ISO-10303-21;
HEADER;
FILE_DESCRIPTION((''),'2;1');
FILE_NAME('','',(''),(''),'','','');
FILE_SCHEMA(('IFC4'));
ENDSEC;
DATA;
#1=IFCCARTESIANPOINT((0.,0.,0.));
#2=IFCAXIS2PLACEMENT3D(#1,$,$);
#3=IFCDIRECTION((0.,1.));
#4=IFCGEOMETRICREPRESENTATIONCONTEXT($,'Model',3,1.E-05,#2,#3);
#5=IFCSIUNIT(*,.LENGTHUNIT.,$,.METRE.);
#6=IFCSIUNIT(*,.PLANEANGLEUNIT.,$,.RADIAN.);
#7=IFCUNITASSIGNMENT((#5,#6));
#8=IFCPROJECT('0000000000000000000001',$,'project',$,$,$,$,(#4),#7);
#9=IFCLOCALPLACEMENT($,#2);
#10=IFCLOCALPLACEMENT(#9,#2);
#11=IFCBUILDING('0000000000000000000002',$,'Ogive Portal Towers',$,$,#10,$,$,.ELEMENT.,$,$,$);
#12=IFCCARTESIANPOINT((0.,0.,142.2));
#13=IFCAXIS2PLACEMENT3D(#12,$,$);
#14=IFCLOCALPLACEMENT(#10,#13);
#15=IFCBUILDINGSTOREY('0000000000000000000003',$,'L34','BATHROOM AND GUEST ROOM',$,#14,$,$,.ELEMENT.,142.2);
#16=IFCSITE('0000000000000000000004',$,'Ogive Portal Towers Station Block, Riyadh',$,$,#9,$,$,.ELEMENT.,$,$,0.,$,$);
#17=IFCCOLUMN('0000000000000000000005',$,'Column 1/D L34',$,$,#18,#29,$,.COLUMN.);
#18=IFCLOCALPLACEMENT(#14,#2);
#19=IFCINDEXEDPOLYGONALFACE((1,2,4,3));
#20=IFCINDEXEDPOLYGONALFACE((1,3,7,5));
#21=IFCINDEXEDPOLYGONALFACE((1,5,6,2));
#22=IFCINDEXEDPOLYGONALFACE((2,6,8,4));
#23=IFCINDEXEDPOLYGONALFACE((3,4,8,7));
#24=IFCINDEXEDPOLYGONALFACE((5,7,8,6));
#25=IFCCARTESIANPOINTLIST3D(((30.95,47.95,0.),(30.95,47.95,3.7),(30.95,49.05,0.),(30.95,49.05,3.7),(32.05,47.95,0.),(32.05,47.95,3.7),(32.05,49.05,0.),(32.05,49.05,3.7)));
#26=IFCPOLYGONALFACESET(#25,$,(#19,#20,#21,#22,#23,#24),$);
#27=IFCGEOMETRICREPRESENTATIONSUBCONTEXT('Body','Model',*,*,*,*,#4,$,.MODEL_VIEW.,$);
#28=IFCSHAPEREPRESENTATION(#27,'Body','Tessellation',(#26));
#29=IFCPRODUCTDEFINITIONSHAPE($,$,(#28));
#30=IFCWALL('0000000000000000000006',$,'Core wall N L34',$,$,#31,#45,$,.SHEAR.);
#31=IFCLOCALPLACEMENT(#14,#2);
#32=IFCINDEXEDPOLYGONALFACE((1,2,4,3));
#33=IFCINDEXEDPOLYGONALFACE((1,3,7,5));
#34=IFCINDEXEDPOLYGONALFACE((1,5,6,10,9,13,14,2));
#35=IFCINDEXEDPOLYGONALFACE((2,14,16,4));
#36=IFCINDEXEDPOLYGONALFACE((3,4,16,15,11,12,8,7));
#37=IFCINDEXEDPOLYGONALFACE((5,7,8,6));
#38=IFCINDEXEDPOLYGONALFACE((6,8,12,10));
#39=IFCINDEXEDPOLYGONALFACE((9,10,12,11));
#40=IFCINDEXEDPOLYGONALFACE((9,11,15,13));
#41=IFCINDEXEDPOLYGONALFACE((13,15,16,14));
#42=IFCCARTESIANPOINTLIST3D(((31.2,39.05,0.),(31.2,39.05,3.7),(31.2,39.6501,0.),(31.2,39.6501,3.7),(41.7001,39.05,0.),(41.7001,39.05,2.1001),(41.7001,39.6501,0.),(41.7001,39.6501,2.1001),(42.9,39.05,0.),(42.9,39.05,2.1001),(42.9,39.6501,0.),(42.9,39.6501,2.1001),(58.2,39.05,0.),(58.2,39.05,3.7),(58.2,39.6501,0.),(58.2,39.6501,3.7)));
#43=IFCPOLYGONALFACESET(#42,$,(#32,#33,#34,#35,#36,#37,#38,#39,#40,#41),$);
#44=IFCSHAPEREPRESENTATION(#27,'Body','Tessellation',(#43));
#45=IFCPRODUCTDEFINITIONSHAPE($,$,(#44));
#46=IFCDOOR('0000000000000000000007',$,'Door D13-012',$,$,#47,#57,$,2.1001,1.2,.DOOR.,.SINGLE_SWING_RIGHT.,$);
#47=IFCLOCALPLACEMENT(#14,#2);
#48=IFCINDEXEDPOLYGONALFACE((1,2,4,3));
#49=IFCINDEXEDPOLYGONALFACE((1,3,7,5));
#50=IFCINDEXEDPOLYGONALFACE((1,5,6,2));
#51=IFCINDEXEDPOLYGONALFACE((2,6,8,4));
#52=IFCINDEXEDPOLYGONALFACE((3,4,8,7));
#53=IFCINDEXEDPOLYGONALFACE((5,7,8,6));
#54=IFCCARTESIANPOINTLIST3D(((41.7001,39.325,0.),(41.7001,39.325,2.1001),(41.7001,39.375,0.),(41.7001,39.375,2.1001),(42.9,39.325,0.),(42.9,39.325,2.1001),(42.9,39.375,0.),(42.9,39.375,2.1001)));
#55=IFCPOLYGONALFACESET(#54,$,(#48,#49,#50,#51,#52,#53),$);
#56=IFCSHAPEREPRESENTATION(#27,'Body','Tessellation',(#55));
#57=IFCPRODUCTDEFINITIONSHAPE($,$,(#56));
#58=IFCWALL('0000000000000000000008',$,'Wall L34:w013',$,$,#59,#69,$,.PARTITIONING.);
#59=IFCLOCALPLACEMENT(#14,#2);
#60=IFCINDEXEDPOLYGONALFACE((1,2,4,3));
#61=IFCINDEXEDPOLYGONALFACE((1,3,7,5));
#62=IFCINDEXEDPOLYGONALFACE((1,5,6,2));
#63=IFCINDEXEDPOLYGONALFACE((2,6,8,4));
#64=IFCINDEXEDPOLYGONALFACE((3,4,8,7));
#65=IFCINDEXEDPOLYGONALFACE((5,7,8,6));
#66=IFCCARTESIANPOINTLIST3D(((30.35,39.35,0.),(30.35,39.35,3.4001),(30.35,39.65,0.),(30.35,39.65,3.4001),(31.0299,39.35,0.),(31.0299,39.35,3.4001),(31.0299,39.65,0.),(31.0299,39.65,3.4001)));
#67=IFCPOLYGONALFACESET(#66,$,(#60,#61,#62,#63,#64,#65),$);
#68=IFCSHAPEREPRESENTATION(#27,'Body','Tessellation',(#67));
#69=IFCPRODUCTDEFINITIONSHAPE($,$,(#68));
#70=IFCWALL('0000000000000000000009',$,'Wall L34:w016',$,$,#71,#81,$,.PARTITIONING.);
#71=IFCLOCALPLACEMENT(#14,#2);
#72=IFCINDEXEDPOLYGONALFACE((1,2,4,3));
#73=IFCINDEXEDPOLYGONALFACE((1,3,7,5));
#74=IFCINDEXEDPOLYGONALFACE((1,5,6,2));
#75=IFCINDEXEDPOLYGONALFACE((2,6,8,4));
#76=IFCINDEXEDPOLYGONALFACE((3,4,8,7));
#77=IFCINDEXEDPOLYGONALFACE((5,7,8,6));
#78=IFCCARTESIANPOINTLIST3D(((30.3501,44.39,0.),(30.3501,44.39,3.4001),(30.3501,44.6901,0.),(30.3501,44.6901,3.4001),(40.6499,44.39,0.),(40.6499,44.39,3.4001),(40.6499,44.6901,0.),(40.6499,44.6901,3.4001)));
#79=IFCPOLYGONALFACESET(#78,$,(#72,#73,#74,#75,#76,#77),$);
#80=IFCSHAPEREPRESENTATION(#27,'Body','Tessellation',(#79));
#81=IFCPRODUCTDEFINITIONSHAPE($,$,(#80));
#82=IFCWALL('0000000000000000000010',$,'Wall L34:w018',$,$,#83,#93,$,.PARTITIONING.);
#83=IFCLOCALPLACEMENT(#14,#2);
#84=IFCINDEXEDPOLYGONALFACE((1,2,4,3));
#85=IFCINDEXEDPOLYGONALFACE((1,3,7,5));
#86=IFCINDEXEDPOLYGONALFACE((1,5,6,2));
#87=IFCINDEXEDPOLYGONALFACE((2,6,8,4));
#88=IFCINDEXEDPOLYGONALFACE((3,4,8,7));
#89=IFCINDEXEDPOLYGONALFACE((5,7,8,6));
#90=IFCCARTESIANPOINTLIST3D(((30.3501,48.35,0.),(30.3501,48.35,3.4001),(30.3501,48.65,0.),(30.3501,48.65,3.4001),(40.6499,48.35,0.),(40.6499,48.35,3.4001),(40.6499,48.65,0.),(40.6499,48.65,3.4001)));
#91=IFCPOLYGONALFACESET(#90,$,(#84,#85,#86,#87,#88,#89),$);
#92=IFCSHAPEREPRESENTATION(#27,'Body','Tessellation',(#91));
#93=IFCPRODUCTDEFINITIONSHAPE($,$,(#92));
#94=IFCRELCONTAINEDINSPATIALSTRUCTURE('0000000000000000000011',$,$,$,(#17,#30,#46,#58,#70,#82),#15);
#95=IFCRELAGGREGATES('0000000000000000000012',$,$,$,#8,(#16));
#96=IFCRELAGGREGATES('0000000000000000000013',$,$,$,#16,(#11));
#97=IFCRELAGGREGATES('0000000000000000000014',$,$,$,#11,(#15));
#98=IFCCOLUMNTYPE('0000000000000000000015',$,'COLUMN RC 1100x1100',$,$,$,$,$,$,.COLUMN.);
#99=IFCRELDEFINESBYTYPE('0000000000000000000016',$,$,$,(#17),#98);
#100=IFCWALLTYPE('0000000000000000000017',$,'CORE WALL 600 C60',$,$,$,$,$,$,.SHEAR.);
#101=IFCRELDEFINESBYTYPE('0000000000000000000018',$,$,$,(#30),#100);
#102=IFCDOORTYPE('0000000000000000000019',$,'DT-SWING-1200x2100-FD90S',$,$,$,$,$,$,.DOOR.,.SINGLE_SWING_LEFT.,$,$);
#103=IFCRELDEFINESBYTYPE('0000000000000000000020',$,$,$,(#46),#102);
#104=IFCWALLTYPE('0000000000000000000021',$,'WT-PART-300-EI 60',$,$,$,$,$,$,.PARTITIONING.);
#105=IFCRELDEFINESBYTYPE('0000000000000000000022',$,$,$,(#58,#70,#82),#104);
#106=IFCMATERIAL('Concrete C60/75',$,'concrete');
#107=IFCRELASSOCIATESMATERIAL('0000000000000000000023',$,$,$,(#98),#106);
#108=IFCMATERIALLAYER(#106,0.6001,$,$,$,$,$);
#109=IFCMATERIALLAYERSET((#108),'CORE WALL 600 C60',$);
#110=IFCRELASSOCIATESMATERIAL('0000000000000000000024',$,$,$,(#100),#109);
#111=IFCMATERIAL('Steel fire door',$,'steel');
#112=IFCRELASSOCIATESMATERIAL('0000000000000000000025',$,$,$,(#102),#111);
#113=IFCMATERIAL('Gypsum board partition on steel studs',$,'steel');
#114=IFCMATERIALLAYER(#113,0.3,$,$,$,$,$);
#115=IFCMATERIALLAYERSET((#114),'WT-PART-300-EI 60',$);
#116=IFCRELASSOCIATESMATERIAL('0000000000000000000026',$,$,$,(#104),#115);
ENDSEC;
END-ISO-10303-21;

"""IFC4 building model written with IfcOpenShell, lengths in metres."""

from ifc_helpers import new_model, si_unit, direction, frame, frame_2d, origin, origin_2d, place, context, subcontext, project, spatial, rectangle, extrude, material, layer, layer_set, material_profile, profile_set, type_object, element, fill, save


model = new_model("IFC4")

# Units and contexts
model_context = context("Model", 3, precision=1e-05, world=origin(), true_north=direction((0.0, 1.0)))
body_context = subcontext(model_context, "Body", "Model", "MODEL_VIEW")
ifc_project = project(units=[si_unit("LENGTHUNIT", "METRE"), si_unit("PLANEANGLEUNIT", "RADIAN")], contexts=[model_context])

# Site, building, storey
site_placement = place(None, origin())
site = spatial("IfcSite", under=ifc_project, at=site_placement, Name="Ogive Portal Towers Station Block, Riyadh", CompositionType="ELEMENT", RefElevation=0.0)
building_placement = place(site_placement, origin())
building = spatial("IfcBuilding", under=site, at=building_placement, Name="Ogive Portal Towers", CompositionType="ELEMENT")
storey_placement = place(building_placement, frame((0.0, 0.0, 142.2)))
storey = spatial("IfcBuildingStorey", under=building, at=storey_placement, Name="L34", Description="BATHROOM AND GUEST ROOM", CompositionType="ELEMENT", Elevation=142.2)

# Column
ifc_material_1 = material(Name="Concrete C60/75", Category="concrete")
ifc_material_profile = material_profile(ifc_material_1, rectangle(XDim=1.1001, YDim=1.1001, at=origin_2d()), Name="RC 1100x1100")
ifc_profile_set = profile_set([ifc_material_profile], Name="Concrete C60/75")
column_type = type_object("IfcColumnType", Name="COLUMN RC 1100x1100", PredefinedType="COLUMN", material=ifc_profile_set)
column_placement = place(storey_placement, frame((31.5, 48.5, 0.0), z_axis=(0.0, 0.0, 1.0), x_axis=(1.0, 0.0, 0.0)))
element("IfcColumn", 1, at=column_placement, inside=storey, type_object=column_type, Name="Column 1/D L34", PredefinedType="COLUMN", context=body_context, shape_type="SweptSolid", body=[
    extrude(rectangle(XDim=1.1001, YDim=1.1001, at=origin_2d()), origin(), (0.0, 0.0, 1.0), 3.7),
])

# Wall, opening, door
ifc_layer_1 = layer(ifc_material_1, 0.6001)
ifc_layer_set_1 = layer_set([ifc_layer_1], Name="CORE WALL 600 C60")
wall_type_1 = type_object("IfcWallType", Name="CORE WALL 600 C60", PredefinedType="SHEAR", material=ifc_layer_set_1)
wall_1_placement = place(storey_placement, frame((31.2, 39.3501, 0.0), z_axis=(0.0, 0.0, 1.0), x_axis=(1.0, 0.0, 0.0)))
wall_1 = element("IfcWall", 2, at=wall_1_placement, inside=storey, type_object=wall_type_1, Name="Core wall N L34", PredefinedType="SHEAR", context=body_context, shape_type="SweptSolid", body=[
    extrude(rectangle(XDim=27.0, YDim=0.6001, at=frame_2d((13.5, 0.0))), origin(), (0.0, 0.0, 1.0), 3.7),
])
opening_placement = place(wall_1_placement, frame((10.5, 0.0, 0.0)))
opening = element("IfcOpeningElement", 3, at=opening_placement, cuts=wall_1, PredefinedType="OPENING", context=body_context, shape_type="SweptSolid", body=[
    extrude(rectangle(XDim=1.2, YDim=2.1001, at=frame_2d((0.6001, 1.05))), frame((0.0, 0.3101, 0.0), z_axis=(0.0, -1.0, 0.0), x_axis=(1.0, 0.0, 0.0)), (0.0, 0.0, 1.0), 0.6201),
])
ifc_material_2 = material(Name="Steel fire door", Category="steel")
door_type = type_object("IfcDoorType", Name="DT-SWING-1200x2100-FD90S", OperationType="SINGLE_SWING_LEFT", PredefinedType="DOOR", material=ifc_material_2)
door_placement = place(opening_placement, origin())
door = element("IfcDoor", 4, at=door_placement, inside=storey, type_object=door_type, Name="Door D13-012", OperationType="SINGLE_SWING_RIGHT", OverallHeight=2.1001, OverallWidth=1.2, PredefinedType="DOOR", context=body_context, shape_type="SweptSolid", body=[
    extrude(rectangle(XDim=1.2, YDim=2.1001, at=frame_2d((0.6001, 1.05))), frame((0.0, 0.0249, 0.0), z_axis=(0.0, -1.0, 0.0), x_axis=(1.0, 0.0, 0.0)), (0.0, 0.0, 1.0), 0.05),
])
fill(opening, door)

# Walls
ifc_material_3 = material(Name="Gypsum board partition on steel studs", Category="steel")
ifc_layer_2 = layer(ifc_material_3, 0.3)
ifc_layer_set_2 = layer_set([ifc_layer_2], Name="WT-PART-300-EI 60")
wall_type_2 = type_object("IfcWallType", Name="WT-PART-300-EI 60", PredefinedType="PARTITIONING", material=ifc_layer_set_2)
wall_2_placement = place(storey_placement, frame((30.3501, 39.5, 0.0), z_axis=(0.0, 0.0, 1.0), x_axis=(1.0, 0.0, 0.0)))
element("IfcWall", 5, at=wall_2_placement, inside=storey, type_object=wall_type_2, Name="Wall L34:w013", PredefinedType="PARTITIONING", context=body_context, shape_type="SweptSolid", body=[
    extrude(rectangle(XDim=0.6799, YDim=0.3, at=frame_2d((0.3398, 0.0))), origin(), (0.0, 0.0, 1.0), 3.4001),
])
for number, where, z_axis, x_axis, name in (
    (6, (30.3501, 44.54, 0.0), (0.0, 0.0, 1.0), (1.0, 0.0, 0.0), "Wall L34:w016"),
    (7, (30.3501, 48.5, 0.0), (0.0, 0.0, 1.0), (1.0, 0.0, 0.0), "Wall L34:w018"),
):
    element("IfcWall", number, at=place(storey_placement, frame(where, z_axis=z_axis, x_axis=x_axis)), inside=storey, type_object=wall_type_2, Name=name, PredefinedType="PARTITIONING", context=body_context, shape_type="SweptSolid", body=[
        extrude(rectangle(XDim=10.2998, YDim=0.3, at=frame_2d((5.1499, 0.0))), origin(), (0.0, 0.0, 1.0), 3.4001),
    ])

save(model, "model.ifc")
